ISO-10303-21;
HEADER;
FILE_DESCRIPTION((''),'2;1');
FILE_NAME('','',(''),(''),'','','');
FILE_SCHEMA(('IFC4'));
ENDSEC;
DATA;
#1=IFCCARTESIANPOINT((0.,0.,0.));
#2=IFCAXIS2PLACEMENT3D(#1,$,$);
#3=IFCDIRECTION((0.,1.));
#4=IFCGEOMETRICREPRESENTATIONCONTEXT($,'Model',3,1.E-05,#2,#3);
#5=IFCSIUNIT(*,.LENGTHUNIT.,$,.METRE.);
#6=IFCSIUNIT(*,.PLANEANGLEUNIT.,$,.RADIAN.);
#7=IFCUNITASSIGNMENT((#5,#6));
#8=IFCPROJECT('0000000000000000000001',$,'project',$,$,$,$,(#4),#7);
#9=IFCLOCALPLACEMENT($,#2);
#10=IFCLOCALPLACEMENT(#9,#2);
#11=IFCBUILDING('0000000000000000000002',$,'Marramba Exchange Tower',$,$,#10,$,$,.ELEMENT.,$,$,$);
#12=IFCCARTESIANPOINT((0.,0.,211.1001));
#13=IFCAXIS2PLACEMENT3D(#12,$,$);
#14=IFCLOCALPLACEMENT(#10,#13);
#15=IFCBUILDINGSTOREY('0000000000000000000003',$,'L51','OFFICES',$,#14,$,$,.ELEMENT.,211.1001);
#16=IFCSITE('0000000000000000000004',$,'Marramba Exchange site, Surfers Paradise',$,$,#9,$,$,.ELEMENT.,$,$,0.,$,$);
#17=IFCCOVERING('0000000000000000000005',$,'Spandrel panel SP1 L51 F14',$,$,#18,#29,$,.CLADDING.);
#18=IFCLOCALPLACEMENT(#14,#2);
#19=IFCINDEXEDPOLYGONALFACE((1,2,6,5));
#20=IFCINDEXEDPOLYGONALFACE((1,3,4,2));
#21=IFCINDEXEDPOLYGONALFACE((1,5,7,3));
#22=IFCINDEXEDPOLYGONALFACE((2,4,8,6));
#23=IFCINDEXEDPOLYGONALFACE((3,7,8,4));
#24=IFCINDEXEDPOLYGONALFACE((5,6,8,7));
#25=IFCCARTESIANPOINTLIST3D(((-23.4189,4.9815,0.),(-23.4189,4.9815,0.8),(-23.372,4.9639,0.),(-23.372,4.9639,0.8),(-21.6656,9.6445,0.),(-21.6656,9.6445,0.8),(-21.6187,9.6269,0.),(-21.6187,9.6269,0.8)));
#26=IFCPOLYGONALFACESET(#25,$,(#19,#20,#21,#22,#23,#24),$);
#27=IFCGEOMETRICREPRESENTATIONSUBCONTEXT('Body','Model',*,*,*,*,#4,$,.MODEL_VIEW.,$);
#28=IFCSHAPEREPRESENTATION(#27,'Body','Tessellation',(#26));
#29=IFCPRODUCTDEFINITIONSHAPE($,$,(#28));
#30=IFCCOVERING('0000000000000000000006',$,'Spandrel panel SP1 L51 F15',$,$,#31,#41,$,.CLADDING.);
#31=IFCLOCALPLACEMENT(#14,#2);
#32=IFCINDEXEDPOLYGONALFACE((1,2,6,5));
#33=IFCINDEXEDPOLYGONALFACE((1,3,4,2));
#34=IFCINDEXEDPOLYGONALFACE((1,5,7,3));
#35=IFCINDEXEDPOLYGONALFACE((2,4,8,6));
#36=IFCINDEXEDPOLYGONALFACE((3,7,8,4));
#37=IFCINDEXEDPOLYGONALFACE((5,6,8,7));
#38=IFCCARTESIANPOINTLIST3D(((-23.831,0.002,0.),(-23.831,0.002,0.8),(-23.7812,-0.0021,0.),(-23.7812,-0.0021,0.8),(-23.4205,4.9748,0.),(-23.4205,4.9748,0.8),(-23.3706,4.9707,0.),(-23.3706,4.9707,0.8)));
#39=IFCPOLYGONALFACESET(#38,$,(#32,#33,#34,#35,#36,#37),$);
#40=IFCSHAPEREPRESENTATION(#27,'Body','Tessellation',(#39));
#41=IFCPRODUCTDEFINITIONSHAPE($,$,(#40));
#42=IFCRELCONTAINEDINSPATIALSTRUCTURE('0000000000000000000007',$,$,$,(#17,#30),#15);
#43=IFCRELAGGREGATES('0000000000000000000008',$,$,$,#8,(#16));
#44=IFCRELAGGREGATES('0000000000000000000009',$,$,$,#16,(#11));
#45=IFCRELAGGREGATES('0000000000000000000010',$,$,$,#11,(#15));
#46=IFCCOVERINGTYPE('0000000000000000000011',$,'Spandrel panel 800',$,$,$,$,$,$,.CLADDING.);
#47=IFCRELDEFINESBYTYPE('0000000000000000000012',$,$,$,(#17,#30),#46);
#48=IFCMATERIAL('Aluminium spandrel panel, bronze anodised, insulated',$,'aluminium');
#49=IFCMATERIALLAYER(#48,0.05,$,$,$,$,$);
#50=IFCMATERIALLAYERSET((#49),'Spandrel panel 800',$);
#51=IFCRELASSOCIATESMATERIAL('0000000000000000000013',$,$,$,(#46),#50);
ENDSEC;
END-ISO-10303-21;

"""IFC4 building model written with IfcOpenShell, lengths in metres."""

from ifc_helpers import new_model, si_unit, direction, frame, origin, origin_2d, place, context, subcontext, project, spatial, rectangle, extrude, material, layer, layer_set, type_object, element, save


model = new_model("IFC4")

# Units and contexts
model_context = context("Model", 3, precision=1e-05, world=origin(), true_north=direction((0.0, 1.0)))
body_context = subcontext(model_context, "Body", "Model", "MODEL_VIEW")
ifc_project = project(units=[si_unit("LENGTHUNIT", "METRE"), si_unit("PLANEANGLEUNIT", "RADIAN")], contexts=[model_context])

# Site, building, storey
site_placement = place(None, origin())
site = spatial("IfcSite", under=ifc_project, at=site_placement, Name="Marramba Exchange site, Surfers Paradise", CompositionType="ELEMENT", RefElevation=0.0)
building_placement = place(site_placement, origin())
building = spatial("IfcBuilding", under=site, at=building_placement, Name="Marramba Exchange Tower", CompositionType="ELEMENT")
storey_placement = place(building_placement, frame((0.0, 0.0, 211.1001)))
storey = spatial("IfcBuildingStorey", under=building, at=storey_placement, Name="L51", Description="OFFICES", CompositionType="ELEMENT", Elevation=211.1001)

# Coverings
ifc_material_1 = material(Name="Aluminium spandrel panel, bronze anodised, insulated", Category="aluminium")
ifc_layer_1 = layer(ifc_material_1, 0.05)
ifc_layer_set_1 = layer_set([ifc_layer_1], Name="Spandrel panel 800")
covering_type = type_object("IfcCoveringType", Name="Spandrel panel 800", PredefinedType="CLADDING", material=ifc_layer_set_1)
covering_1_placement = place(storey_placement, frame((-22.5188, 7.3042, 0.0), z_axis=(0.0, 0.0, 1.0), x_axis=(-0.351952, -0.936018, 0.0)))
element("IfcCovering", 1, at=covering_1_placement, inside=storey, type_object=covering_type, Name="Spandrel panel SP1 L51 F14", PredefinedType="CLADDING", context=body_context, shape_type="SweptSolid", body=[
    extrude(rectangle(XDim=4.9817, YDim=0.05, at=origin_2d()), origin(), (0.0, 0.0, 1.0), 0.8),
])
covering_2_placement = place(storey_placement, frame((-23.6008, 2.4863, 0.0), z_axis=(0.0, 0.0, 1.0), x_axis=(-0.082281, -0.996609, 0.0)))
element("IfcCovering", 2, at=covering_2_placement, inside=storey, type_object=covering_type, Name="Spandrel panel SP1 L51 F15", PredefinedType="CLADDING", context=body_context, shape_type="SweptSolid", body=[
    extrude(rectangle(XDim=4.9897, YDim=0.05, at=origin_2d()), origin(), (0.0, 0.0, 1.0), 0.8),
])

save(model, "model.ifc")
